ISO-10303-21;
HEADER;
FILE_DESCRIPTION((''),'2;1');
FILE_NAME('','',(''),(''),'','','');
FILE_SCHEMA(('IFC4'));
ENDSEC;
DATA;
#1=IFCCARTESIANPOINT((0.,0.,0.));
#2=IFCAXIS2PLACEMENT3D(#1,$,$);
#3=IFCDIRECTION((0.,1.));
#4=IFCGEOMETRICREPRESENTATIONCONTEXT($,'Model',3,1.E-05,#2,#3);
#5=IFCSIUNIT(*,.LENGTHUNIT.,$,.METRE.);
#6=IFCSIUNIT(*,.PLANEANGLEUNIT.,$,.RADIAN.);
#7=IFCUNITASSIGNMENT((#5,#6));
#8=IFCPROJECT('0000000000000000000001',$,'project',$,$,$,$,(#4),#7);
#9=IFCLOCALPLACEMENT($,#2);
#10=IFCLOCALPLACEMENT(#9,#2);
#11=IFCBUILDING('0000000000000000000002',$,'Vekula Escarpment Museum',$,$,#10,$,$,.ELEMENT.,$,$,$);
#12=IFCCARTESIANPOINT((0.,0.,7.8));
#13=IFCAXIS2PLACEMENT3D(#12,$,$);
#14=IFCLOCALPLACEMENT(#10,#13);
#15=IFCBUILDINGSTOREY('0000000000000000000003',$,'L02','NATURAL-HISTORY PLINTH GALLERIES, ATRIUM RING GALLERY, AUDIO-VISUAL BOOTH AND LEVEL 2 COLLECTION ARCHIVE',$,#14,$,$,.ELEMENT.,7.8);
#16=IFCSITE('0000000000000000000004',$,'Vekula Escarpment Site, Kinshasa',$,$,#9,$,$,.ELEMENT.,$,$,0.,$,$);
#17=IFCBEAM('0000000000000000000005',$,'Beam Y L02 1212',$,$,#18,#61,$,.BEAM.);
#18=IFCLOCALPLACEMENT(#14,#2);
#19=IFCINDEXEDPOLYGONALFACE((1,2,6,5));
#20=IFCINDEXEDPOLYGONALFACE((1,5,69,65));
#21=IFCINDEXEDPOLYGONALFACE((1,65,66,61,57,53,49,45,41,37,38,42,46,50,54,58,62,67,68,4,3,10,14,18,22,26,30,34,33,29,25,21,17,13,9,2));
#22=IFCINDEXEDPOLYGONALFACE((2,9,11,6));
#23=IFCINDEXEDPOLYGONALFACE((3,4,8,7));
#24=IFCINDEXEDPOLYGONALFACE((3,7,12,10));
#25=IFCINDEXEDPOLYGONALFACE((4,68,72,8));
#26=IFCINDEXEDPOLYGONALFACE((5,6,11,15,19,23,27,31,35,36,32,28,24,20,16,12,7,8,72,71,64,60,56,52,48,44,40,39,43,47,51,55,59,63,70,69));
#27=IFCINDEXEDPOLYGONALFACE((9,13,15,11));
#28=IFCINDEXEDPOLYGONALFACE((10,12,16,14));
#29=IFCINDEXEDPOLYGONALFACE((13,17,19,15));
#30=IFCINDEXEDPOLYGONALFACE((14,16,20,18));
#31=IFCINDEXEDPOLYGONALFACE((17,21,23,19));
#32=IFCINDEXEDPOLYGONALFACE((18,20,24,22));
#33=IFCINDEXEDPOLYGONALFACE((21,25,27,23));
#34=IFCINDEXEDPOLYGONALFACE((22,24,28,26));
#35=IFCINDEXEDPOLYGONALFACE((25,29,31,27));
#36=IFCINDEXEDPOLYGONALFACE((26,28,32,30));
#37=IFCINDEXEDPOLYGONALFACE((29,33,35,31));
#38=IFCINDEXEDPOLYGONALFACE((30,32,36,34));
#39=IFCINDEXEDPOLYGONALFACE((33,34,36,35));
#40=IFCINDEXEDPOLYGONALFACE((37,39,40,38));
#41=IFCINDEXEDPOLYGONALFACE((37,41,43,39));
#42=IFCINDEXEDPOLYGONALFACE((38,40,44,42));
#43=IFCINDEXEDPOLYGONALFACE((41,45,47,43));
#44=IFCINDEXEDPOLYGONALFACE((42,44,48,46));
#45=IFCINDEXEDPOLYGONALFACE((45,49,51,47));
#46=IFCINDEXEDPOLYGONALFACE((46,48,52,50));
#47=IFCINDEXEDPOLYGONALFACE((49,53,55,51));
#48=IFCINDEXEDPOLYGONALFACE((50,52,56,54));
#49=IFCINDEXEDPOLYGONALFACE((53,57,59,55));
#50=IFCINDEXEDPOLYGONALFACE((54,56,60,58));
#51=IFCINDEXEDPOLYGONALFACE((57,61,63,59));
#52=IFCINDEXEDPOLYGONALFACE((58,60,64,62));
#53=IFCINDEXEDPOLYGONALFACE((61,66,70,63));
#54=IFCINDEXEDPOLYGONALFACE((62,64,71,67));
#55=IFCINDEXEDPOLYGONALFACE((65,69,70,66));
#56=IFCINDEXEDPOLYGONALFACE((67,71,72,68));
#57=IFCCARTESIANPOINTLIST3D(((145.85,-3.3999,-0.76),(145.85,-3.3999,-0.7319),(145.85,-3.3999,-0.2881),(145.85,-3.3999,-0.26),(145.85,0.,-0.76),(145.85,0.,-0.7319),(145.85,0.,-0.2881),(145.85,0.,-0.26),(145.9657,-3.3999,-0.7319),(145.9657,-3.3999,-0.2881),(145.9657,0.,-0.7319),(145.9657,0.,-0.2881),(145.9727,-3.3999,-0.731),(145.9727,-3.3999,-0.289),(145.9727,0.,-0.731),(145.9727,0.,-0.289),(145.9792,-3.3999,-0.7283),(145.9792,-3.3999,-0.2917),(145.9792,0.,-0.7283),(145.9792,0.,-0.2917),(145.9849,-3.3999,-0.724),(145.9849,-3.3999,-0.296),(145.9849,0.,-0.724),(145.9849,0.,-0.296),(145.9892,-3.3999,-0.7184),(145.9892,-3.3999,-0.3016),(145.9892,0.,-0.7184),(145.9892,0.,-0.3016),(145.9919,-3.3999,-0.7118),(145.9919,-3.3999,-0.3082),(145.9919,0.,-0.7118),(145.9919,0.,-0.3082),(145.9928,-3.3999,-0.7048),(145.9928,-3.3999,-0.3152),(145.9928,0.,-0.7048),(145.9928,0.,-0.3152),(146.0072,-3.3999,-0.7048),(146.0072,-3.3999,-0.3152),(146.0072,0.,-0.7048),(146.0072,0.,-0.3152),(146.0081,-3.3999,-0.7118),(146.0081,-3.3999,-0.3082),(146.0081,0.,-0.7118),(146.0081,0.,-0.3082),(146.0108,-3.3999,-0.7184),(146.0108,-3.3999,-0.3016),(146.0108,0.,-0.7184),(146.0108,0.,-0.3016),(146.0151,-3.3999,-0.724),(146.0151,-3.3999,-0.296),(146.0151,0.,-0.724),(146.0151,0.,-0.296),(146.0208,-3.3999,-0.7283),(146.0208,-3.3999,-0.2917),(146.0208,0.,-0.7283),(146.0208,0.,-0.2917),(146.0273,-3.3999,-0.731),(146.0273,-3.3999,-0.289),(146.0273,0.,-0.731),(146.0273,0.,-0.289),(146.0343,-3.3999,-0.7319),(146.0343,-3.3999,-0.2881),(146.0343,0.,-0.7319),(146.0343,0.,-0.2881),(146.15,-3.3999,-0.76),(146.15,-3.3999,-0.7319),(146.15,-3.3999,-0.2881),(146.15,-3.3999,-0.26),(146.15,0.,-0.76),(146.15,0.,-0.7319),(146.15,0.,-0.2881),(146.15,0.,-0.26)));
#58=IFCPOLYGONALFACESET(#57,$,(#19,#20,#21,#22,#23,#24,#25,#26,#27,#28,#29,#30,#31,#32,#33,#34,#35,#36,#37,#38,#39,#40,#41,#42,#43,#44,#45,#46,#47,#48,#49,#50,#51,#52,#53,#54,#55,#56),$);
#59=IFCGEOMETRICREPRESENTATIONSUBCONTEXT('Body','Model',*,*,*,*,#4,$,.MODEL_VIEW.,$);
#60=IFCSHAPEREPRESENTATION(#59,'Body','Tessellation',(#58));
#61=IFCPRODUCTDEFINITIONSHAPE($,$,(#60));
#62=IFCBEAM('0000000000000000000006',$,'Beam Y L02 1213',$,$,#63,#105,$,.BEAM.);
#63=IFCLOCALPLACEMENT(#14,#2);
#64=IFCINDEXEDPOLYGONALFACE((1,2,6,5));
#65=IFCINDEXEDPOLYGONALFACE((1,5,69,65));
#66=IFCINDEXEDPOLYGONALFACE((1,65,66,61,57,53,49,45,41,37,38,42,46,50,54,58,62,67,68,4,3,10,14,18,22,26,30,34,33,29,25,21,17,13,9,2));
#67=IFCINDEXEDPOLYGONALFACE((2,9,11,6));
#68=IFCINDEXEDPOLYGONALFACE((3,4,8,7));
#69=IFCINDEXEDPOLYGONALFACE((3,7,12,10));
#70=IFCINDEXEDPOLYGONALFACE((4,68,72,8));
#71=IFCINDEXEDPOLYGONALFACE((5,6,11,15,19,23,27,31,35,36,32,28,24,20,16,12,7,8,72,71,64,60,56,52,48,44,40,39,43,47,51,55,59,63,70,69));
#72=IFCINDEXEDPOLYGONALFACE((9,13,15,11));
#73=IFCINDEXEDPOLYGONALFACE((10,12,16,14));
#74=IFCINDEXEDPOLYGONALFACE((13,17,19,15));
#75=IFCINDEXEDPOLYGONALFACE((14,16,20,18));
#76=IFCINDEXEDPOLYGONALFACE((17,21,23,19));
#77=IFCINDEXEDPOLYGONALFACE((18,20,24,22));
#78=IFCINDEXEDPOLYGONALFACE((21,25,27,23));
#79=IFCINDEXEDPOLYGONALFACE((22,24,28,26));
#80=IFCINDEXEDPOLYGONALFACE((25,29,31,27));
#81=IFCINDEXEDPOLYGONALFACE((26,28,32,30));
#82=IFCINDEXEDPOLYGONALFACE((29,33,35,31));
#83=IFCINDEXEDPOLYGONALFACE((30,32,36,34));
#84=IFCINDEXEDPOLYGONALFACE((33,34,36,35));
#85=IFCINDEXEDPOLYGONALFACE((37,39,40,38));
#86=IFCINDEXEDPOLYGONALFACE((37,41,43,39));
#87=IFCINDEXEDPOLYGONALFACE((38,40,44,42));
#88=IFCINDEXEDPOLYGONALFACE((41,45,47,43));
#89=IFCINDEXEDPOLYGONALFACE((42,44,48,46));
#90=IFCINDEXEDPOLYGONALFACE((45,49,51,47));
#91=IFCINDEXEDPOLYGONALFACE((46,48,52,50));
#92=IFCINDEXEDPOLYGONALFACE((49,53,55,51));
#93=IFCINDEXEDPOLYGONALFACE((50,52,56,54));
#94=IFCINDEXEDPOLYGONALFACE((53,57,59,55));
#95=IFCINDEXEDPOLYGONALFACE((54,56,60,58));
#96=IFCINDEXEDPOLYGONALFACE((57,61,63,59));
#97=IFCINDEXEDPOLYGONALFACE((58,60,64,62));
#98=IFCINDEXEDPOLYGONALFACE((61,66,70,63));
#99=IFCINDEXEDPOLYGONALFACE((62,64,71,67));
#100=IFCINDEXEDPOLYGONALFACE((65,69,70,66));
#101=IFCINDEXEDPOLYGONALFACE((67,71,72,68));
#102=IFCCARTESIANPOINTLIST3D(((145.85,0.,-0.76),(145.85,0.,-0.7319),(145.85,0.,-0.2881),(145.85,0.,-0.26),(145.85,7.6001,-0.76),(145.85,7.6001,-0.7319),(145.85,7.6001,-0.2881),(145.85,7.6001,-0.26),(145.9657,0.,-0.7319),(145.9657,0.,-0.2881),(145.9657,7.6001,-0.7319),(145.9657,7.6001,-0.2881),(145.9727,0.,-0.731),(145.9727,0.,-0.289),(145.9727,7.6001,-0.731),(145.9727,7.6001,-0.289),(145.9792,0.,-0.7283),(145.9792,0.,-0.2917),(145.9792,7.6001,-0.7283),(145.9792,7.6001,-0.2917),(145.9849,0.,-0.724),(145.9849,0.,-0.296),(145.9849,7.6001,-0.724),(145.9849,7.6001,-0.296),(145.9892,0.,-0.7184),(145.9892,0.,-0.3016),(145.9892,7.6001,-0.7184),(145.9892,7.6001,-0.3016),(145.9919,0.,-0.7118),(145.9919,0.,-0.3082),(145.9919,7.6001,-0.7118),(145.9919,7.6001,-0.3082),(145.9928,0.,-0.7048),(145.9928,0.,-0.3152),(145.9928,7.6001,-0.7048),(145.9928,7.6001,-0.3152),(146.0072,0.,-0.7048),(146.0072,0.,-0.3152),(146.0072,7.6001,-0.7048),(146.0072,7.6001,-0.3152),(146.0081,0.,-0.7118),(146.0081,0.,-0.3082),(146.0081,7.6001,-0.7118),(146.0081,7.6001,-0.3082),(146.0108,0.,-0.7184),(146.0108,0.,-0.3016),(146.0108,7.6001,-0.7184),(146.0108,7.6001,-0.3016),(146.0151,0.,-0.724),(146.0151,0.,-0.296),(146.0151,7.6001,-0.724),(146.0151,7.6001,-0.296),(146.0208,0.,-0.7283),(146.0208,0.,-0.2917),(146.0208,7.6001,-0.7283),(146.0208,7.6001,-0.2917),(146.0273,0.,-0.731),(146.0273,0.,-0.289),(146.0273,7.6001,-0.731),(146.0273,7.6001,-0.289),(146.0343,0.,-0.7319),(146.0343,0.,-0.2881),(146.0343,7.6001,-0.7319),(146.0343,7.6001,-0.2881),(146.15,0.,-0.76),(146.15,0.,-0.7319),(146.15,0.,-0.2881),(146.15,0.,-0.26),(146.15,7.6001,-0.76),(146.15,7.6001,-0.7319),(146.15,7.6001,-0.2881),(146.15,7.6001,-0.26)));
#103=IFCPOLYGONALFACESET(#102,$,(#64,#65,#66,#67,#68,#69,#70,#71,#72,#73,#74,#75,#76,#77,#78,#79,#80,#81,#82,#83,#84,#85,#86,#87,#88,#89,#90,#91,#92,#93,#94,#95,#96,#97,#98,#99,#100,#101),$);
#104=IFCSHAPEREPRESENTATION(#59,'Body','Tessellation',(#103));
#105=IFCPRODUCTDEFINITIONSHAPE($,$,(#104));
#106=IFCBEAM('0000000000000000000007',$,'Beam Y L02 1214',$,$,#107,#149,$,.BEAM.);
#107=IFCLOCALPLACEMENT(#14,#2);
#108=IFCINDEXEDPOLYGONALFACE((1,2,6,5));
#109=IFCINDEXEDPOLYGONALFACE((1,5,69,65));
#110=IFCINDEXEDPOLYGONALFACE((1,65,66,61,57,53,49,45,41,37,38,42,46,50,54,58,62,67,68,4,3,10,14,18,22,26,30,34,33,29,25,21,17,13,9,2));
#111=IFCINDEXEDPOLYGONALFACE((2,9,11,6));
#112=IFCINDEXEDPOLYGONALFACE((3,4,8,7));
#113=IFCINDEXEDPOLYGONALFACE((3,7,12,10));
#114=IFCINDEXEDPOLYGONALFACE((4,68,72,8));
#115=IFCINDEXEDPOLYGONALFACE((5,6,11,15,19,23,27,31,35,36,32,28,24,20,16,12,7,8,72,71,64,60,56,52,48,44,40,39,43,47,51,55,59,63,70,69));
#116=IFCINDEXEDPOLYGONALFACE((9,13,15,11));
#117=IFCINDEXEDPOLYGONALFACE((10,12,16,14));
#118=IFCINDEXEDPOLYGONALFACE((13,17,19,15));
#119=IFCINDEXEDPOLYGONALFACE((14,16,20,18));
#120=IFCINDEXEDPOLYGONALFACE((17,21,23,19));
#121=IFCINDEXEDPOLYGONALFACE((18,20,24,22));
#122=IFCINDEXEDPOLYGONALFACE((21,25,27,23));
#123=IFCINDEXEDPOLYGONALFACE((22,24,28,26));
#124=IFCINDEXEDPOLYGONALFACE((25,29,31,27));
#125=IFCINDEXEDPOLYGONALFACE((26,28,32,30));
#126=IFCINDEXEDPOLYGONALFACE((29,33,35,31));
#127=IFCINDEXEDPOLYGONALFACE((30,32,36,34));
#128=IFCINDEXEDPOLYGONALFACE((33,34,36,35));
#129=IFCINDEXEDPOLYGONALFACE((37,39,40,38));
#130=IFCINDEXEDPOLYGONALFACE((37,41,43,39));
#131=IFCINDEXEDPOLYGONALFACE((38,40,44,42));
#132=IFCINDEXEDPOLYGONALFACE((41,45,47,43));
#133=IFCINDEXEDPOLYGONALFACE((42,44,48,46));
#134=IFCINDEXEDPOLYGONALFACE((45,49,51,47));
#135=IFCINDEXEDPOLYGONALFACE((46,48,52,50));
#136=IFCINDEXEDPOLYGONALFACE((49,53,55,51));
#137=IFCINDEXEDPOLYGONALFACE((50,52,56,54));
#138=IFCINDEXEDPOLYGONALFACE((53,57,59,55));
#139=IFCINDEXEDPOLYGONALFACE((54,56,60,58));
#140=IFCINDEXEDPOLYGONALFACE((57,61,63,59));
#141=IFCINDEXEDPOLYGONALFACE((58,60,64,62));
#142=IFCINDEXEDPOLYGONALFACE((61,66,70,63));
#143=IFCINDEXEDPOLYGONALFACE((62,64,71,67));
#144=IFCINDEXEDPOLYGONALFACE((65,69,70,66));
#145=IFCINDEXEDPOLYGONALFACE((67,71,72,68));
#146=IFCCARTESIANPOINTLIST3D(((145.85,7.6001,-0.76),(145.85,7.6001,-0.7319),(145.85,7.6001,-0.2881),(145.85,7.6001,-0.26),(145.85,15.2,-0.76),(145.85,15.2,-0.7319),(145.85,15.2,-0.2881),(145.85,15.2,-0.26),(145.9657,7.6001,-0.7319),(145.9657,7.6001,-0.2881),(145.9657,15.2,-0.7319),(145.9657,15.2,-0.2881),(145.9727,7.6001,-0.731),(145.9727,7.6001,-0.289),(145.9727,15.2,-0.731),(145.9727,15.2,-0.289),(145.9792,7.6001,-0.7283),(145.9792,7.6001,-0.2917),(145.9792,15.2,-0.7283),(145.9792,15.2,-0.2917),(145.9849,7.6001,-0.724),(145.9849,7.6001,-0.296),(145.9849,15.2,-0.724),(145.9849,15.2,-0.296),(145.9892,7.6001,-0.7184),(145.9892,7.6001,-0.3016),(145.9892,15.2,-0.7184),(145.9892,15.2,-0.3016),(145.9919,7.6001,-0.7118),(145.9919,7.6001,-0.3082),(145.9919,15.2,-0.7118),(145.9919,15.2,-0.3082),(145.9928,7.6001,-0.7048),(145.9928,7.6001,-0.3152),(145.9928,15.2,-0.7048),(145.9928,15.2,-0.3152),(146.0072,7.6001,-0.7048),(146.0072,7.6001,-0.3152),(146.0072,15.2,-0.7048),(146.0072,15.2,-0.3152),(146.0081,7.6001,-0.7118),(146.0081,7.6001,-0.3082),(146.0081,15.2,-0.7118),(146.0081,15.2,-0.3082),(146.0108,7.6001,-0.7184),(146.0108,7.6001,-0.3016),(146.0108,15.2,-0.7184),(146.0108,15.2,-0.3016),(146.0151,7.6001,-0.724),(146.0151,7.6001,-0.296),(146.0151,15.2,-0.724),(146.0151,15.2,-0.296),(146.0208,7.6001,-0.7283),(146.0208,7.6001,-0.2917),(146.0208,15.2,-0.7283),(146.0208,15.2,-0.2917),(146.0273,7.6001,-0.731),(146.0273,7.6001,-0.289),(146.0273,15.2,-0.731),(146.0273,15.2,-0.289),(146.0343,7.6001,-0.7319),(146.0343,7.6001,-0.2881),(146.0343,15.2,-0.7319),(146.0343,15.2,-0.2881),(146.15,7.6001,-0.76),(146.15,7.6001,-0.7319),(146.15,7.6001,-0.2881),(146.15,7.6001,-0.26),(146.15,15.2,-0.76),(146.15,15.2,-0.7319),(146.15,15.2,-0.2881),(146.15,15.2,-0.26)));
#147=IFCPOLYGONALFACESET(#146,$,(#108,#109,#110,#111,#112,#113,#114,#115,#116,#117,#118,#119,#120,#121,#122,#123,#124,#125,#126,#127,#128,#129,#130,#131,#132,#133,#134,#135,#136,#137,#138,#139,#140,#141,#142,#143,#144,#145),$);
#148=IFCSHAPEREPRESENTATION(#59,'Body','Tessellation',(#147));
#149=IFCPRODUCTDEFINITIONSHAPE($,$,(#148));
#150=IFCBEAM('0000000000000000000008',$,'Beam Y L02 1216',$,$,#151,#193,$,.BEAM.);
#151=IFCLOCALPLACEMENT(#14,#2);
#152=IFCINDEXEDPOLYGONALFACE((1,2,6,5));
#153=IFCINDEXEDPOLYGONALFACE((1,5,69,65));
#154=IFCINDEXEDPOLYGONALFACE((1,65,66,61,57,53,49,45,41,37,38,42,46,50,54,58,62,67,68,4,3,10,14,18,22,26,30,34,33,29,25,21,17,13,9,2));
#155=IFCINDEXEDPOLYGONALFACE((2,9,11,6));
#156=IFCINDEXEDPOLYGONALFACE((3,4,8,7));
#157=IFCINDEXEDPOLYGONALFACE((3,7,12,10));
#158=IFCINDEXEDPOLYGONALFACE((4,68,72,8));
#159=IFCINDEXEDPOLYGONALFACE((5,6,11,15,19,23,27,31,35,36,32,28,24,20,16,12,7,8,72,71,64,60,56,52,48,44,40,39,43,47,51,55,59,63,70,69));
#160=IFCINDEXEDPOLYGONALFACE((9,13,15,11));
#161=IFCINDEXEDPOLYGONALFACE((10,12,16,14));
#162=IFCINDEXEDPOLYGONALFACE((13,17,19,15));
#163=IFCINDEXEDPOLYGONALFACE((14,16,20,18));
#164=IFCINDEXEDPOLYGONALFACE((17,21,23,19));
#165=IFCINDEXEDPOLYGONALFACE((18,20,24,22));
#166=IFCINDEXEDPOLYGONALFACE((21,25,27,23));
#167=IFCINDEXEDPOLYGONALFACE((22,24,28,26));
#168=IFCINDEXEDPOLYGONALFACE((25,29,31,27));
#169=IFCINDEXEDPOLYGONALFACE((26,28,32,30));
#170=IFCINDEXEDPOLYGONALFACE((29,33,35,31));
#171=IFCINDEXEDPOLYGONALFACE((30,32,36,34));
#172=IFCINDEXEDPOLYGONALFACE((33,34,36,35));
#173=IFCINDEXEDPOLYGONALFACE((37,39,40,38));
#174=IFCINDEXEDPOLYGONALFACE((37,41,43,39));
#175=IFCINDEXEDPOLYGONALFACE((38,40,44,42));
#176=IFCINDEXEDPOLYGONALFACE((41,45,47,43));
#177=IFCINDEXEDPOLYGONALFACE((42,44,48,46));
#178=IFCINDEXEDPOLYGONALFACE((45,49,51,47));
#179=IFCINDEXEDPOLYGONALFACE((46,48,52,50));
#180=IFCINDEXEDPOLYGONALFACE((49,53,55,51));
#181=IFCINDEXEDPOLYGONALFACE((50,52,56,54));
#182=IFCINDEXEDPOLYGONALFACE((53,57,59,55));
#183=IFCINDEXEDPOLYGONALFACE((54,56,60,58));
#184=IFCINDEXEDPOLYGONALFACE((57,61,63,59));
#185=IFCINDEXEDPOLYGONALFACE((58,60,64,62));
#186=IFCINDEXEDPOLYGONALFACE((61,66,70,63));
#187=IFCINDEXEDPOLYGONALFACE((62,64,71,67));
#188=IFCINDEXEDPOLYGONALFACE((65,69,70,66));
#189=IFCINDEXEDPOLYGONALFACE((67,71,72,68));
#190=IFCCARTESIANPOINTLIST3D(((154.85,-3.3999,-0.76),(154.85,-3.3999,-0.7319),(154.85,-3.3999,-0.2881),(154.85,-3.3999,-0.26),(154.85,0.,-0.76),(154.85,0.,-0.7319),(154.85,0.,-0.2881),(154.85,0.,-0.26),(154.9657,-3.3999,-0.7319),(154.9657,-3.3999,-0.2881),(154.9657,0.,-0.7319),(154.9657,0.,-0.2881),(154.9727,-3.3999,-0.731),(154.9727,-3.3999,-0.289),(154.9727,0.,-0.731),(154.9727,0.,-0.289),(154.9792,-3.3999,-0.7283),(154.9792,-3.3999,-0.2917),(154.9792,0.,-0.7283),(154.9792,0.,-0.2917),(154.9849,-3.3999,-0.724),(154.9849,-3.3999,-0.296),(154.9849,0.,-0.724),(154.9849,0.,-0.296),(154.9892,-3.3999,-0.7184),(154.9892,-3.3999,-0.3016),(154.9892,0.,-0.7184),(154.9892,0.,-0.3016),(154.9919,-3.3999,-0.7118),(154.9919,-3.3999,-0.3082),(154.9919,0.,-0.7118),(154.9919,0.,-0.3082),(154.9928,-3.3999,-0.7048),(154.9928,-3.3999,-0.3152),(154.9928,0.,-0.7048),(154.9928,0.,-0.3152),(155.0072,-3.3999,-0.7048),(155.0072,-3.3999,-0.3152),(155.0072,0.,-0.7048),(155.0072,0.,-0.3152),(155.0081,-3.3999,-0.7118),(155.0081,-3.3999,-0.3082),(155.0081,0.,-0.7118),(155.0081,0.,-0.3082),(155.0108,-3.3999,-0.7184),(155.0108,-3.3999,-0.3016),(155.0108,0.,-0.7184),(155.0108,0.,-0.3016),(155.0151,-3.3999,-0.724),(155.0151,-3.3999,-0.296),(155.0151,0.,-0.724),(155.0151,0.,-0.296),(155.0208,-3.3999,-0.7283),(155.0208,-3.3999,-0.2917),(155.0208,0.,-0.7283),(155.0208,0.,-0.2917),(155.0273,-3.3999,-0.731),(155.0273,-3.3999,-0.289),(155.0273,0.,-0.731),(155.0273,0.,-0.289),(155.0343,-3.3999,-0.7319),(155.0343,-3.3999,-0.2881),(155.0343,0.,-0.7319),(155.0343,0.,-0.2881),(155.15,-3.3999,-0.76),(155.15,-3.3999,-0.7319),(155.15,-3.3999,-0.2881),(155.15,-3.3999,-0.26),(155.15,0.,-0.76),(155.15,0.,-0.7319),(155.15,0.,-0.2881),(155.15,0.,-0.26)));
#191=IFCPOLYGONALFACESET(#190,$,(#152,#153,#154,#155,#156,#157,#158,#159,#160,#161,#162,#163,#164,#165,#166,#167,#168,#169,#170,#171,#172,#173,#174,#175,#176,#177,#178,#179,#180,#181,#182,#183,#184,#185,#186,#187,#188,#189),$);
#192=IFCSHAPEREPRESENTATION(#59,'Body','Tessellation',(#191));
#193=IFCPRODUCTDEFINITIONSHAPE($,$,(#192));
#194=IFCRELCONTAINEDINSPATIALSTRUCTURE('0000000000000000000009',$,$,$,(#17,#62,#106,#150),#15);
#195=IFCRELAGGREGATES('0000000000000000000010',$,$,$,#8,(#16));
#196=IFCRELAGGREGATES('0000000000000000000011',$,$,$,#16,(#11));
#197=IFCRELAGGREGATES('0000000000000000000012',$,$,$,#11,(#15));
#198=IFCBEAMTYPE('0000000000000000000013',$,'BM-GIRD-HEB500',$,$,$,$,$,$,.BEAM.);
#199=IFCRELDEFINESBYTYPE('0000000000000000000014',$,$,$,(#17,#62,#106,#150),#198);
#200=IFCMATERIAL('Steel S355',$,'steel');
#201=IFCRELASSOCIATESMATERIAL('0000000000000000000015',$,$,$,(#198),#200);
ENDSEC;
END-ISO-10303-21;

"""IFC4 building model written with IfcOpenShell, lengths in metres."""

from ifc_helpers import new_model, si_unit, direction, frame, origin, origin_2d, place, context, subcontext, project, spatial, i_section, extrude, material, material_profile, profile_set, type_object, element, save


model = new_model("IFC4")

# Units and contexts
model_context = context("Model", 3, precision=1e-05, world=origin(), true_north=direction((0.0, 1.0)))
body_context = subcontext(model_context, "Body", "Model", "MODEL_VIEW")
ifc_project = project(units=[si_unit("LENGTHUNIT", "METRE"), si_unit("PLANEANGLEUNIT", "RADIAN")], contexts=[model_context])

# Site, building, storey
site_placement = place(None, origin())
site = spatial("IfcSite", under=ifc_project, at=site_placement, Name="Vekula Escarpment Site, Kinshasa", CompositionType="ELEMENT", RefElevation=0.0)
building_placement = place(site_placement, origin())
building = spatial("IfcBuilding", under=site, at=building_placement, Name="Vekula Escarpment Museum", CompositionType="ELEMENT")
storey_placement = place(building_placement, frame((0.0, 0.0, 7.8)))
storey = spatial("IfcBuildingStorey", under=building, at=storey_placement, Name="L02", Description="NATURAL-HISTORY PLINTH GALLERIES, ATRIUM RING GALLERY, AUDIO-VISUAL BOOTH AND LEVEL 2 COLLECTION ARCHIVE", CompositionType="ELEMENT", Elevation=7.8)

# Beams
ifc_material_1 = material(Name="Steel S355", Category="steel")
ifc_material_profile_1 = material_profile(ifc_material_1, i_section(OverallWidth=0.3, OverallDepth=0.5, WebThickness=0.0144, FlangeThickness=0.0281, FilletRadius=0.0271, at=origin_2d()), Name="HEB 500")
ifc_profile_set_1 = profile_set([ifc_material_profile_1], Name="Steel S355")
beam_type_1 = type_object("IfcBeamType", Name="BM-GIRD-HEB500", PredefinedType="BEAM", material=ifc_profile_set_1)
beam_1_placement = place(storey_placement, frame((146.0, -3.3999, -0.51), z_axis=(0.0, 1.0, 0.0), x_axis=(-1.0, 0.0, 0.0)))
element("IfcBeam", 1, at=beam_1_placement, inside=storey, type_object=beam_type_1, Name="Beam Y L02 1212", PredefinedType="BEAM", context=body_context, shape_type="SweptSolid", body=[
    extrude(i_section(OverallWidth=0.3, OverallDepth=0.5, WebThickness=0.0144, FlangeThickness=0.0281, FilletRadius=0.0271, at=origin_2d()), origin(), (0.0, 0.0, 1.0), 3.3999),
])
beam_2_placement = place(storey_placement, frame((146.0, 0.0, -0.51), z_axis=(0.0, 1.0, 0.0), x_axis=(-1.0, 0.0, 0.0)))
element("IfcBeam", 2, at=beam_2_placement, inside=storey, type_object=beam_type_1, Name="Beam Y L02 1213", PredefinedType="BEAM", context=body_context, shape_type="SweptSolid", body=[
    extrude(i_section(OverallWidth=0.3, OverallDepth=0.5, WebThickness=0.0144, FlangeThickness=0.0281, FilletRadius=0.0271, at=origin_2d()), origin(), (0.0, 0.0, 1.0), 7.6001),
])
beam_3_placement = place(storey_placement, frame((146.0, 7.6001, -0.51), z_axis=(0.0, 1.0, 0.0), x_axis=(-1.0, 0.0, 0.0)))
element("IfcBeam", 3, at=beam_3_placement, inside=storey, type_object=beam_type_1, Name="Beam Y L02 1214", PredefinedType="BEAM", context=body_context, shape_type="SweptSolid", body=[
    extrude(i_section(OverallWidth=0.3, OverallDepth=0.5, WebThickness=0.0144, FlangeThickness=0.0281, FilletRadius=0.0271, at=origin_2d()), origin(), (0.0, 0.0, 1.0), 7.5999),
])
beam_4_placement = place(storey_placement, frame((155.0, -3.3999, -0.51), z_axis=(0.0, 1.0, 0.0), x_axis=(-1.0, 0.0, 0.0)))
element("IfcBeam", 4, at=beam_4_placement, inside=storey, type_object=beam_type_1, Name="Beam Y L02 1216", PredefinedType="BEAM", context=body_context, shape_type="SweptSolid", body=[
    extrude(i_section(OverallWidth=0.3, OverallDepth=0.5, WebThickness=0.0144, FlangeThickness=0.0281, FilletRadius=0.0271, at=origin_2d()), origin(), (0.0, 0.0, 1.0), 3.3999),
])

save(model, "model.ifc")
